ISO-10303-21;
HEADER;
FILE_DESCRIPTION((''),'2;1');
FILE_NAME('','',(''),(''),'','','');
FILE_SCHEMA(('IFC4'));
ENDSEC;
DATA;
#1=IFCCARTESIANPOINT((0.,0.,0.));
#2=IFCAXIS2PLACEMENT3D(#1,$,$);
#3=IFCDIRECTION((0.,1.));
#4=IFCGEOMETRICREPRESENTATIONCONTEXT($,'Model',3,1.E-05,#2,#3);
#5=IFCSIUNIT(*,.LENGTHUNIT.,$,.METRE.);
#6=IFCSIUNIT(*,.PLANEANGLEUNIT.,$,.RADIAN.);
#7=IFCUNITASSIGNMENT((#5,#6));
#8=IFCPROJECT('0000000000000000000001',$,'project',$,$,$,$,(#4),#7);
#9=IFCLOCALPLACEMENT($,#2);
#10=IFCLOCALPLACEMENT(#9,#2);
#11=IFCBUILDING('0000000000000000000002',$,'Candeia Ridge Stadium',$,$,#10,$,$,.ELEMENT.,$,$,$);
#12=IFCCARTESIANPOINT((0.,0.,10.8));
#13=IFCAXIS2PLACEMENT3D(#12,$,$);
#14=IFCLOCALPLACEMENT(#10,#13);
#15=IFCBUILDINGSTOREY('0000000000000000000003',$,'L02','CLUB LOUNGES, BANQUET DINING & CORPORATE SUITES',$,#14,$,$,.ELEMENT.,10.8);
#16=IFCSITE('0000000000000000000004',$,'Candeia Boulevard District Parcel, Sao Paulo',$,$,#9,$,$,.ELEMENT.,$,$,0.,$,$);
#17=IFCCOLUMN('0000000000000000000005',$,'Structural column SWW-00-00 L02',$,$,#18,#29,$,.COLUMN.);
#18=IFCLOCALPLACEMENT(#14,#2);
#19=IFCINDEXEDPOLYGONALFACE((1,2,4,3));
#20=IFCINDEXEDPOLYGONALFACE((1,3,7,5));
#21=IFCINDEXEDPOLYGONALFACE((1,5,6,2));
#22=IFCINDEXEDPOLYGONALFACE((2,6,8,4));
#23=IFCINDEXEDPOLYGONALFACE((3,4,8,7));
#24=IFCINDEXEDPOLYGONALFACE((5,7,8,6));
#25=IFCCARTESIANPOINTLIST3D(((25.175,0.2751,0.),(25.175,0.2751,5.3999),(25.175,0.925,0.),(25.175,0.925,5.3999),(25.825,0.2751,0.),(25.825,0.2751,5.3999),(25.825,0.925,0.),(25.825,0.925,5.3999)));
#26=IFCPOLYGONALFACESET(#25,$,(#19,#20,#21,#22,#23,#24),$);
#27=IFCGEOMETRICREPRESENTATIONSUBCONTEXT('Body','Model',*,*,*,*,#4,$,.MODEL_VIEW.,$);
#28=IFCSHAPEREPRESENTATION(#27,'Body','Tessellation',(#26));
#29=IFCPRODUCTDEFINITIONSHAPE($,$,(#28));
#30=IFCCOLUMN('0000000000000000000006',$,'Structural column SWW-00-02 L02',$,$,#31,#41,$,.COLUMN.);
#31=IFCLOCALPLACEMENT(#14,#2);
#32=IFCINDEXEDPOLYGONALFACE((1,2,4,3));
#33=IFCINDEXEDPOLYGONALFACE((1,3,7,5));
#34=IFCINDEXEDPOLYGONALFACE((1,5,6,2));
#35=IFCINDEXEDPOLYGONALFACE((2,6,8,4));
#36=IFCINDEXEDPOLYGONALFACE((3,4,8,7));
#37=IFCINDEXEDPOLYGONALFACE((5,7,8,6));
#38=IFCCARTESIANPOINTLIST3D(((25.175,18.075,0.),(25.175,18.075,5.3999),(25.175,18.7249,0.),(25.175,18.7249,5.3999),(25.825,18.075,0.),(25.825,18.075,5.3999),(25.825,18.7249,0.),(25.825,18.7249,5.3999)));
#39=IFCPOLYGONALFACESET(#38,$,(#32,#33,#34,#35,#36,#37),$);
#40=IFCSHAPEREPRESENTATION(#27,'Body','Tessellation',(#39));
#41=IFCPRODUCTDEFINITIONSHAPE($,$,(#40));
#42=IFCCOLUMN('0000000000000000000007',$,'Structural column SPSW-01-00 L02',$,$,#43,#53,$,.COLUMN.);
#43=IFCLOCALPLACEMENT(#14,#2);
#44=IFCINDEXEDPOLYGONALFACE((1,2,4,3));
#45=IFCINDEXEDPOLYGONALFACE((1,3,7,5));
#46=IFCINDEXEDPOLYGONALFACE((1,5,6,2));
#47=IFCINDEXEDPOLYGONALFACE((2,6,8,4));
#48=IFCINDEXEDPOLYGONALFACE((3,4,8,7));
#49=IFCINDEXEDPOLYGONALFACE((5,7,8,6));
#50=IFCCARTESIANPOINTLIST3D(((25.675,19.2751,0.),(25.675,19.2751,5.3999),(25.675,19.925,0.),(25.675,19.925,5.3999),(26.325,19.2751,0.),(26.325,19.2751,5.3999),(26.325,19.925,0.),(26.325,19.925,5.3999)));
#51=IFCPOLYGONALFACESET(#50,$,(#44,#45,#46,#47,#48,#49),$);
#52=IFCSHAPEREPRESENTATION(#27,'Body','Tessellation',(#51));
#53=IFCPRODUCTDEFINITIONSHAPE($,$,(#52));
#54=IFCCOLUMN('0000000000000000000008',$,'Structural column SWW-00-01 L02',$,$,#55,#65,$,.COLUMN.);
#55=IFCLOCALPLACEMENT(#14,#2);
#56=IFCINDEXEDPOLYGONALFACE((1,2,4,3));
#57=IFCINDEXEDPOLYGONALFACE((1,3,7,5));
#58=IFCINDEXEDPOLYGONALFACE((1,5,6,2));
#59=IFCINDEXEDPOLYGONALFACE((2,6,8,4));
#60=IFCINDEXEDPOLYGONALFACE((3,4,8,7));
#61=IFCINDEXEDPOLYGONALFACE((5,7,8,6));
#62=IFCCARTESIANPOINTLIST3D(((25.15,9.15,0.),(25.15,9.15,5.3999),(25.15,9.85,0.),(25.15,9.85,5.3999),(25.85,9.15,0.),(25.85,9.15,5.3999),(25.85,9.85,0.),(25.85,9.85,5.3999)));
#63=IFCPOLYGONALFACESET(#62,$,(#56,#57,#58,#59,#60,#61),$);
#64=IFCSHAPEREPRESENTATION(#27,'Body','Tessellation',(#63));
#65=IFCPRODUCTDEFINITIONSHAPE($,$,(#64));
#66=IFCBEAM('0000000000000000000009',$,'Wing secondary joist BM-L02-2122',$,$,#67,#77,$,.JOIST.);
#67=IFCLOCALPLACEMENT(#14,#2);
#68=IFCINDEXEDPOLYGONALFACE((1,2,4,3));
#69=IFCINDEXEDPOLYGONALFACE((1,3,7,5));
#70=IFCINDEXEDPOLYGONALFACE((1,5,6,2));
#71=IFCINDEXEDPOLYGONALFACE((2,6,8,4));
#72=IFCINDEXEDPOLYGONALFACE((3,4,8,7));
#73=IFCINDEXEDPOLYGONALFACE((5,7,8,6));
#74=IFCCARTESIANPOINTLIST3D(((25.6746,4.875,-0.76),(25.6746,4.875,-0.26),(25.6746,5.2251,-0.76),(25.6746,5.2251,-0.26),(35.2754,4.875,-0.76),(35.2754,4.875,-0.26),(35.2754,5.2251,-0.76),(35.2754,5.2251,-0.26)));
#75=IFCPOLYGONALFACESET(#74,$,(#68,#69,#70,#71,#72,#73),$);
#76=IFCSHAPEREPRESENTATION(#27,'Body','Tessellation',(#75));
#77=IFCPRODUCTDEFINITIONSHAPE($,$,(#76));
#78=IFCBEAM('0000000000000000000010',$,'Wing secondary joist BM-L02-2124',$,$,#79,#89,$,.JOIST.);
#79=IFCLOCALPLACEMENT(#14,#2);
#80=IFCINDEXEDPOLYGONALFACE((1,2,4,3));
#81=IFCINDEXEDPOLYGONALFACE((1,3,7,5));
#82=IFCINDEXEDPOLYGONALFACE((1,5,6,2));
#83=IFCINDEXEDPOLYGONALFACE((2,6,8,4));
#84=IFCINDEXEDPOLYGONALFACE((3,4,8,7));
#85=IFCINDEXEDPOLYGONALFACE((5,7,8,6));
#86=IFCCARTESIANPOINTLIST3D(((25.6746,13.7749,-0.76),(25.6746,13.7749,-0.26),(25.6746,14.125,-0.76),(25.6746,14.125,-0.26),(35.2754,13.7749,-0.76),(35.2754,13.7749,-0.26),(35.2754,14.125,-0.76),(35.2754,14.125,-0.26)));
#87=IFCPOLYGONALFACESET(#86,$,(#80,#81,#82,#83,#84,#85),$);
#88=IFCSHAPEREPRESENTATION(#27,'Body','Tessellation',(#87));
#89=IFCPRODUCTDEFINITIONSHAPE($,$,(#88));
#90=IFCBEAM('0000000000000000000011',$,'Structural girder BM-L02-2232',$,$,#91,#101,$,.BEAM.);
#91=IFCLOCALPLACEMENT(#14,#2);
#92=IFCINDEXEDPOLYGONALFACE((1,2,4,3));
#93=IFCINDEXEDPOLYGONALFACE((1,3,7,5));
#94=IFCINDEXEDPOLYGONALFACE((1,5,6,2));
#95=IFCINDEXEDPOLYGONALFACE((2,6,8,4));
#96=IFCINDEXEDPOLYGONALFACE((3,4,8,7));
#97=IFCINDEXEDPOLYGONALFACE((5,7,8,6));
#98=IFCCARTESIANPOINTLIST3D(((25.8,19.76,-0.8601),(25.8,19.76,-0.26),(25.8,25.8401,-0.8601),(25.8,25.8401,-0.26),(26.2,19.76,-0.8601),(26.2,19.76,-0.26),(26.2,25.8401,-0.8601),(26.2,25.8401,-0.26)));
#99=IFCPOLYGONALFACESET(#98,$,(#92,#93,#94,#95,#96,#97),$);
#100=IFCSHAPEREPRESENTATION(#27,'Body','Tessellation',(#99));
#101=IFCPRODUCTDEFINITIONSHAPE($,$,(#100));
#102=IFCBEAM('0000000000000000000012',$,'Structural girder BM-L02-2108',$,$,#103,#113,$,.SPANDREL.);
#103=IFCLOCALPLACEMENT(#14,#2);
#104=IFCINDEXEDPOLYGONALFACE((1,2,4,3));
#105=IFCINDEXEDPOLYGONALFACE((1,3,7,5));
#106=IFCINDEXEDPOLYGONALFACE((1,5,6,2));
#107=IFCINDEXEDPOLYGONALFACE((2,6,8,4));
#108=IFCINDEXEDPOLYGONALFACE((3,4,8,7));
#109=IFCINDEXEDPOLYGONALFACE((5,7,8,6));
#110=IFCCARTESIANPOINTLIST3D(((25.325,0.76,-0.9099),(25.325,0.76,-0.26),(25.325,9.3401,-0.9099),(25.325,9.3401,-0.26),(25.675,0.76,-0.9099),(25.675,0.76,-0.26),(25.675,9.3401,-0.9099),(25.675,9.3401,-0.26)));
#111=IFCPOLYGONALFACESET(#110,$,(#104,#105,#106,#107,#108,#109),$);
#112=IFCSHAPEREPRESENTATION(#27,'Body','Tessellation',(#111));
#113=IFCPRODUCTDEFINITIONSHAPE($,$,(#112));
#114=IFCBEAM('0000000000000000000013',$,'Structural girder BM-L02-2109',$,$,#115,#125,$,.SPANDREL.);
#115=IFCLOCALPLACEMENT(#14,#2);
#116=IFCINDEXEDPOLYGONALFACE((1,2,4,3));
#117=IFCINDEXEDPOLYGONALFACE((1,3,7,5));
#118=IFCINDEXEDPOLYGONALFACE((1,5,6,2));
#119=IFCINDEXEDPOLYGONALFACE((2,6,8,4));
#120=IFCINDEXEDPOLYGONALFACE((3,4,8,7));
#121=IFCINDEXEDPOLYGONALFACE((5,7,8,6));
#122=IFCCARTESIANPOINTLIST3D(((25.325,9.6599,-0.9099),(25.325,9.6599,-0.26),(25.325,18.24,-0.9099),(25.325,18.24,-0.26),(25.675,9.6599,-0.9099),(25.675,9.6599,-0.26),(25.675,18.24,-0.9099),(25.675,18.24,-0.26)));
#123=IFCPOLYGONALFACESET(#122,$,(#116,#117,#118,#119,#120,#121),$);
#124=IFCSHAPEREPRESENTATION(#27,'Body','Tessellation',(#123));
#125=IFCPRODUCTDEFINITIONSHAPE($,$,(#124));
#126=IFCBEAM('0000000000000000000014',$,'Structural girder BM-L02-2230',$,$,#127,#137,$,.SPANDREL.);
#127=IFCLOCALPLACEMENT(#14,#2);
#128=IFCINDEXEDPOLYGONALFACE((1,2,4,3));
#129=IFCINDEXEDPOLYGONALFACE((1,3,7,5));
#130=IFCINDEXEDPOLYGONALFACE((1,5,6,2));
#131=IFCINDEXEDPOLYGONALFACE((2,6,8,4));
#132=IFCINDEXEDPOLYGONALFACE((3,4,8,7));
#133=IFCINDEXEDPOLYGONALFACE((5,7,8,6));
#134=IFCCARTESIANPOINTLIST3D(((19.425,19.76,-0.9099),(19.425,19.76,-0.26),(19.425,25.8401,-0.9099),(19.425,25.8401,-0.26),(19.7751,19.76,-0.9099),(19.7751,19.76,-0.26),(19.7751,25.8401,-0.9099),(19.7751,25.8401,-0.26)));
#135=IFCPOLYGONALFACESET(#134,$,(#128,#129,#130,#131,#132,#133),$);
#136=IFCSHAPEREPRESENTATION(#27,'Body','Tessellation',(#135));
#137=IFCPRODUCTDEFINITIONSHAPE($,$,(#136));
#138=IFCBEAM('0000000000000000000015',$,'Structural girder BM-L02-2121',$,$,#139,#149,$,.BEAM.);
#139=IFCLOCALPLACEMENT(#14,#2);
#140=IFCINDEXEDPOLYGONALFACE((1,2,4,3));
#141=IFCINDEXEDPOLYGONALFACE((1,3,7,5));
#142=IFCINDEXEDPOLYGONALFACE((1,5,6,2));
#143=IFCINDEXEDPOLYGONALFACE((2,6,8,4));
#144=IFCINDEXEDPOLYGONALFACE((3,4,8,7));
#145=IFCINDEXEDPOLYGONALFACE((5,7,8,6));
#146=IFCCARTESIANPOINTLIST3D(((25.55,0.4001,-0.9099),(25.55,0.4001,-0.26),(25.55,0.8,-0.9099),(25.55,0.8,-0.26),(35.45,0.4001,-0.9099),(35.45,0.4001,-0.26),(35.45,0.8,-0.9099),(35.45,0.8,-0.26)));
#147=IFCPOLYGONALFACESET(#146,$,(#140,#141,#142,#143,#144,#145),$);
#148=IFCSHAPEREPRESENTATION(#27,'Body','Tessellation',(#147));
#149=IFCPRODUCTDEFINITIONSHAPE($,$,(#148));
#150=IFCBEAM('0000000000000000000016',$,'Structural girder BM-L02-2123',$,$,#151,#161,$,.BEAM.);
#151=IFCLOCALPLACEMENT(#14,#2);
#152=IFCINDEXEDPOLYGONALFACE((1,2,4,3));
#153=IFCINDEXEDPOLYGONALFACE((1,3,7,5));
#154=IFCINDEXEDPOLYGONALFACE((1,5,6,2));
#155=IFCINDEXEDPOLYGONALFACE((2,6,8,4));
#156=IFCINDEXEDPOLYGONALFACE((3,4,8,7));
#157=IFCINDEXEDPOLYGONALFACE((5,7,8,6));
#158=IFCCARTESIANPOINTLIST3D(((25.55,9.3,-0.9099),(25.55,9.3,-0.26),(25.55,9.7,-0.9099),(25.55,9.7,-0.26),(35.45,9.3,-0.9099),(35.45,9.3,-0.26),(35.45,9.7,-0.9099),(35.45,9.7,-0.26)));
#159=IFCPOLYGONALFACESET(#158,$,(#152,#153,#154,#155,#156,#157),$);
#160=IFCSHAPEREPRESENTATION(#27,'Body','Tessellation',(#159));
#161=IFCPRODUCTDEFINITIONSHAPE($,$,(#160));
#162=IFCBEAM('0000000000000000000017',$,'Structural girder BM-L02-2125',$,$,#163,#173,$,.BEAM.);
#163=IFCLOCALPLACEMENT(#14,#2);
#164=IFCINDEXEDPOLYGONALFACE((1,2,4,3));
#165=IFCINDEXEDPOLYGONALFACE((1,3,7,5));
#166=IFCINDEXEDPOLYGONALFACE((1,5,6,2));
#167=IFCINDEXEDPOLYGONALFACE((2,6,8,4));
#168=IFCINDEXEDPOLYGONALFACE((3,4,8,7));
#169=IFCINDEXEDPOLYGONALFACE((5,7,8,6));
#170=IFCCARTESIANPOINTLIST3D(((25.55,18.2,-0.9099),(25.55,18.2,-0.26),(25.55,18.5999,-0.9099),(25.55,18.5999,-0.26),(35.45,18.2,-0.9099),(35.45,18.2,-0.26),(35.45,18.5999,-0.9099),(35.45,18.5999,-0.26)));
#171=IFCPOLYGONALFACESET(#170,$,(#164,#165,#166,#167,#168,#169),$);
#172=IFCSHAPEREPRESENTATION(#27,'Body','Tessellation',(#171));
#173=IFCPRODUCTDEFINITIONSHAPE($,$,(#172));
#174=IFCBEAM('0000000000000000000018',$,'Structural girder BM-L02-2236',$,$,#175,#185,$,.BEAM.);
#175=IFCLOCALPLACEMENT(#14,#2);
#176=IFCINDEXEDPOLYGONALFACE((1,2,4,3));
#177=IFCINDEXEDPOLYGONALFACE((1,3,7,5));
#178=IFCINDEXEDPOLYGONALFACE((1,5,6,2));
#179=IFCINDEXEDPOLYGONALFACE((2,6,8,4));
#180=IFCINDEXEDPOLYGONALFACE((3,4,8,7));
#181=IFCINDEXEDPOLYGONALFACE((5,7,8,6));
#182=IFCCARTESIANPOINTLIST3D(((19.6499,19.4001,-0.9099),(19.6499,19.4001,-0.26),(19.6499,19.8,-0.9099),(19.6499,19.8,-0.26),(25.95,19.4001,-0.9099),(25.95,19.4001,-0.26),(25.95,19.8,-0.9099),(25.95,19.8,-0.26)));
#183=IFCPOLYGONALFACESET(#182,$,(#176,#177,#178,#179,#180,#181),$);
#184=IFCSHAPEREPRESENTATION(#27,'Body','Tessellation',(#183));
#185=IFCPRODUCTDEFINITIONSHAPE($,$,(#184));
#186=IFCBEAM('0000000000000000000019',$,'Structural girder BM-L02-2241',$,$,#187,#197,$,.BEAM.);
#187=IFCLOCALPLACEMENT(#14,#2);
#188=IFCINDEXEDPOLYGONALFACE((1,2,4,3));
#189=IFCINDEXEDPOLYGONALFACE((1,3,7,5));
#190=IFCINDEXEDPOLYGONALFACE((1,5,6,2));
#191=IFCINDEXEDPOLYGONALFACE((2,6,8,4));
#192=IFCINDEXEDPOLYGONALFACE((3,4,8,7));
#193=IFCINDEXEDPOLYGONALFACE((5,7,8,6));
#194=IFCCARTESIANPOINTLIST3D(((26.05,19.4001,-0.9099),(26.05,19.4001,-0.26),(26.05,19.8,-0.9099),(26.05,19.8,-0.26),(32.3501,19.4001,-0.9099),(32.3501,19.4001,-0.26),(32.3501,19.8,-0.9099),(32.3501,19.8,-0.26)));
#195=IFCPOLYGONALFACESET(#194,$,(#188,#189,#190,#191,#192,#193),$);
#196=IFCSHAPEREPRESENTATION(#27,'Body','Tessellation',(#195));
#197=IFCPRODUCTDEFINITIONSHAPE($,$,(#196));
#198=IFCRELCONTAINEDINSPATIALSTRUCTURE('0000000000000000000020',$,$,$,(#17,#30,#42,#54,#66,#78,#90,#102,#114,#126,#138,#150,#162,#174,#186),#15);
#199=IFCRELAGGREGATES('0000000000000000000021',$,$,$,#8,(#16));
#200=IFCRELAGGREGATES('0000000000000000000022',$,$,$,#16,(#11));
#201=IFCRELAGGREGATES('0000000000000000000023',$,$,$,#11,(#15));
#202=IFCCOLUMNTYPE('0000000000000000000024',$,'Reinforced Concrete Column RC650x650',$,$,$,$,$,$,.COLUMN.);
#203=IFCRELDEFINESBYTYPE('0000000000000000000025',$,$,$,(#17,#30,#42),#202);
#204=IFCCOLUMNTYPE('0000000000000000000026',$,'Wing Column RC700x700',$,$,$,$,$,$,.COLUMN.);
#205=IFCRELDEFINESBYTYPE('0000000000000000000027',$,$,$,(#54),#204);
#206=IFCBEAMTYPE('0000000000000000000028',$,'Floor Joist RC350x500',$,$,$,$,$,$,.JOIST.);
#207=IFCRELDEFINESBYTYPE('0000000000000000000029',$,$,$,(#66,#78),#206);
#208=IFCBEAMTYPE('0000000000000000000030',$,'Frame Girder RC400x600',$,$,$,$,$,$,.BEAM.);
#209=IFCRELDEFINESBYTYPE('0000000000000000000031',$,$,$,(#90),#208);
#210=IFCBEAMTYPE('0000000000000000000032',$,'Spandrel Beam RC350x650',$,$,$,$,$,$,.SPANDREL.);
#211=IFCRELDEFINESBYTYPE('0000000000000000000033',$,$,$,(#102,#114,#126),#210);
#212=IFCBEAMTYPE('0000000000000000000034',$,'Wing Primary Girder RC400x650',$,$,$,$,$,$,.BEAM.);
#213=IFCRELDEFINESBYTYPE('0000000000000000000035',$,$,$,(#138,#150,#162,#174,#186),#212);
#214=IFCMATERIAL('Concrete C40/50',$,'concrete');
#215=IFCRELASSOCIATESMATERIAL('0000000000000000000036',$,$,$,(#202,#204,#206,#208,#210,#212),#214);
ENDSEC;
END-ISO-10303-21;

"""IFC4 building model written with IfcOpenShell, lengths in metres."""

from ifc_helpers import new_model, si_unit, direction, frame, origin, origin_2d, place, context, subcontext, project, spatial, rectangle, extrude, material, material_profile, profile_set, type_object, element, save


model = new_model("IFC4")

# Units and contexts
model_context = context("Model", 3, precision=1e-05, world=origin(), true_north=direction((0.0, 1.0)))
body_context = subcontext(model_context, "Body", "Model", "MODEL_VIEW")
ifc_project = project(units=[si_unit("LENGTHUNIT", "METRE"), si_unit("PLANEANGLEUNIT", "RADIAN")], contexts=[model_context])

# Site, building, storey
site_placement = place(None, origin())
site = spatial("IfcSite", under=ifc_project, at=site_placement, Name="Candeia Boulevard District Parcel, Sao Paulo", CompositionType="ELEMENT", RefElevation=0.0)
building_placement = place(site_placement, origin())
building = spatial("IfcBuilding", under=site, at=building_placement, Name="Candeia Ridge Stadium", CompositionType="ELEMENT")
storey_placement = place(building_placement, frame((0.0, 0.0, 10.8)))
storey = spatial("IfcBuildingStorey", under=building, at=storey_placement, Name="L02", Description="CLUB LOUNGES, BANQUET DINING & CORPORATE SUITES", CompositionType="ELEMENT", Elevation=10.8)

# Columns
ifc_material_1 = material(Name="Concrete C40/50", Category="concrete")
ifc_material_profile_1 = material_profile(ifc_material_1, rectangle(XDim=0.6499, YDim=0.6499, at=origin_2d()), Name="RC650x650", Category="concrete")
ifc_profile_set_1 = profile_set([ifc_material_profile_1], Name="Concrete C40/50")
column_type_1 = type_object("IfcColumnType", Name="Reinforced Concrete Column RC650x650", PredefinedType="COLUMN", material=ifc_profile_set_1)
for number, where, z_axis, x_axis, name in (
    (1, (25.5, 0.6001, 0.0), (0.0, 0.0, 1.0), (1.0, 0.0, 0.0), "Structural column SWW-00-00 L02"),
    (2, (25.5, 18.3999, 0.0), (0.0, 0.0, 1.0), (1.0, 0.0, 0.0), "Structural column SWW-00-02 L02"),
    (3, (26.0, 19.6001, 0.0), (0.0, 0.0, 1.0), (1.0, 0.0, 0.0), "Structural column SPSW-01-00 L02"),
):
    element("IfcColumn", number, at=place(storey_placement, frame(where, z_axis=z_axis, x_axis=x_axis)), inside=storey, type_object=column_type_1, Name=name, PredefinedType="COLUMN", context=body_context, shape_type="SweptSolid", body=[
        extrude(rectangle(XDim=0.6499, YDim=0.6499, at=origin_2d()), origin(), (0.0, 0.0, 1.0), 5.3999),
    ])
ifc_material_profile_2 = material_profile(ifc_material_1, rectangle(XDim=0.7, YDim=0.7, at=origin_2d()), Name="RC700x700", Category="concrete")
ifc_profile_set_2 = profile_set([ifc_material_profile_2], Name="Concrete C40/50")
column_type_2 = type_object("IfcColumnType", Name="Wing Column RC700x700", PredefinedType="COLUMN", material=ifc_profile_set_2)
column_placement = place(storey_placement, frame((25.5, 9.5, 0.0), z_axis=(0.0, 0.0, 1.0), x_axis=(1.0, 0.0, 0.0)))
element("IfcColumn", 4, at=column_placement, inside=storey, type_object=column_type_2, Name="Structural column SWW-00-01 L02", PredefinedType="COLUMN", context=body_context, shape_type="SweptSolid", body=[
    extrude(rectangle(XDim=0.7, YDim=0.7, at=origin_2d()), origin(), (0.0, 0.0, 1.0), 5.3999),
])

# Beams
ifc_material_profile_3 = material_profile(ifc_material_1, rectangle(XDim=0.3501, YDim=0.5, at=origin_2d()), Name="RC350x500", Category="concrete")
ifc_profile_set_3 = profile_set([ifc_material_profile_3], Name="Concrete C40/50")
beam_type_1 = type_object("IfcBeamType", Name="Floor Joist RC350x500", PredefinedType="JOIST", material=ifc_profile_set_3)
for number, where, z_axis, x_axis, name in (
    (5, (25.6746, 5.05, -0.51), (1.0, 0.0, 0.0), (0.0, 1.0, 0.0), "Wing secondary joist BM-L02-2122"),
    (6, (25.6746, 13.95, -0.51), (1.0, 0.0, 0.0), (0.0, 1.0, 0.0), "Wing secondary joist BM-L02-2124"),
):
    element("IfcBeam", number, at=place(storey_placement, frame(where, z_axis=z_axis, x_axis=x_axis)), inside=storey, type_object=beam_type_1, Name=name, PredefinedType="JOIST", context=body_context, shape_type="SweptSolid", body=[
        extrude(rectangle(XDim=0.3501, YDim=0.5, at=origin_2d()), origin(), (0.0, 0.0, 1.0), 9.6008),
    ])
ifc_material_profile_4 = material_profile(ifc_material_1, rectangle(XDim=0.3999, YDim=0.6001, at=origin_2d()), Name="RC400x600", Category="concrete")
ifc_profile_set_4 = profile_set([ifc_material_profile_4], Name="Concrete C40/50")
beam_type_2 = type_object("IfcBeamType", Name="Frame Girder RC400x600", PredefinedType="BEAM", material=ifc_profile_set_4)
beam_1_placement = place(storey_placement, frame((26.0, 19.76, -0.5601), z_axis=(0.0, 1.0, 0.0), x_axis=(-1.0, 0.0, 0.0)))
element("IfcBeam", 7, at=beam_1_placement, inside=storey, type_object=beam_type_2, Name="Structural girder BM-L02-2232", PredefinedType="BEAM", context=body_context, shape_type="SweptSolid", body=[
    extrude(rectangle(XDim=0.3999, YDim=0.6001, at=origin_2d()), origin(), (0.0, 0.0, 1.0), 6.0801),
])
ifc_material_profile_5 = material_profile(ifc_material_1, rectangle(XDim=0.3501, YDim=0.6499, at=origin_2d()), Name="RC350x650", Category="concrete")
ifc_profile_set_5 = profile_set([ifc_material_profile_5], Name="Concrete C40/50")
beam_type_3 = type_object("IfcBeamType", Name="Spandrel Beam RC350x650", PredefinedType="SPANDREL", material=ifc_profile_set_5)
for number, where, z_axis, x_axis, name in (
    (8, (25.5, 0.76, -0.585), (0.0, 1.0, 0.0), (-1.0, 0.0, 0.0), "Structural girder BM-L02-2108"),
    (9, (25.5, 9.6599, -0.585), (0.0, 1.0, 0.0), (-1.0, 0.0, 0.0), "Structural girder BM-L02-2109"),
):
    element("IfcBeam", number, at=place(storey_placement, frame(where, z_axis=z_axis, x_axis=x_axis)), inside=storey, type_object=beam_type_3, Name=name, PredefinedType="SPANDREL", context=body_context, shape_type="SweptSolid", body=[
        extrude(rectangle(XDim=0.3501, YDim=0.6499, at=origin_2d()), origin(), (0.0, 0.0, 1.0), 8.5801),
    ])
beam_2_placement = place(storey_placement, frame((19.6001, 19.76, -0.585), z_axis=(0.0, 1.0, 0.0), x_axis=(-1.0, 0.0, 0.0)))
element("IfcBeam", 10, at=beam_2_placement, inside=storey, type_object=beam_type_3, Name="Structural girder BM-L02-2230", PredefinedType="SPANDREL", context=body_context, shape_type="SweptSolid", body=[
    extrude(rectangle(XDim=0.3501, YDim=0.6499, at=origin_2d()), origin(), (0.0, 0.0, 1.0), 6.0801),
])
ifc_material_profile_6 = material_profile(ifc_material_1, rectangle(XDim=0.3999, YDim=0.6499, at=origin_2d()), Name="RC400x650", Category="concrete")
ifc_profile_set_6 = profile_set([ifc_material_profile_6], Name="Concrete C40/50")
beam_type_4 = type_object("IfcBeamType", Name="Wing Primary Girder RC400x650", PredefinedType="BEAM", material=ifc_profile_set_6)
for number, where, z_axis, x_axis, name in (
    (11, (25.55, 0.6001, -0.585), (1.0, 0.0, 0.0), (0.0, 1.0, 0.0), "Structural girder BM-L02-2121"),
    (12, (25.55, 9.5, -0.585), (1.0, 0.0, 0.0), (0.0, 1.0, 0.0), "Structural girder BM-L02-2123"),
    (13, (25.55, 18.3999, -0.585), (1.0, 0.0, 0.0), (0.0, 1.0, 0.0), "Structural girder BM-L02-2125"),
):
    element("IfcBeam", number, at=place(storey_placement, frame(where, z_axis=z_axis, x_axis=x_axis)), inside=storey, type_object=beam_type_4, Name=name, PredefinedType="BEAM", context=body_context, shape_type="SweptSolid", body=[
        extrude(rectangle(XDim=0.3999, YDim=0.6499, at=origin_2d()), origin(), (0.0, 0.0, 1.0), 9.8999),
    ])
for number, where, z_axis, x_axis, name in (
    (14, (19.6499, 19.6001, -0.585), (1.0, 0.0, 0.0), (0.0, 1.0, 0.0), "Structural girder BM-L02-2236"),
    (15, (26.05, 19.6001, -0.585), (1.0, 0.0, 0.0), (0.0, 1.0, 0.0), "Structural girder BM-L02-2241"),
):
    element("IfcBeam", number, at=place(storey_placement, frame(where, z_axis=z_axis, x_axis=x_axis)), inside=storey, type_object=beam_type_4, Name=name, PredefinedType="BEAM", context=body_context, shape_type="SweptSolid", body=[
        extrude(rectangle(XDim=0.3999, YDim=0.6499, at=origin_2d()), origin(), (0.0, 0.0, 1.0), 6.3),
    ])

save(model, "model.ifc")
